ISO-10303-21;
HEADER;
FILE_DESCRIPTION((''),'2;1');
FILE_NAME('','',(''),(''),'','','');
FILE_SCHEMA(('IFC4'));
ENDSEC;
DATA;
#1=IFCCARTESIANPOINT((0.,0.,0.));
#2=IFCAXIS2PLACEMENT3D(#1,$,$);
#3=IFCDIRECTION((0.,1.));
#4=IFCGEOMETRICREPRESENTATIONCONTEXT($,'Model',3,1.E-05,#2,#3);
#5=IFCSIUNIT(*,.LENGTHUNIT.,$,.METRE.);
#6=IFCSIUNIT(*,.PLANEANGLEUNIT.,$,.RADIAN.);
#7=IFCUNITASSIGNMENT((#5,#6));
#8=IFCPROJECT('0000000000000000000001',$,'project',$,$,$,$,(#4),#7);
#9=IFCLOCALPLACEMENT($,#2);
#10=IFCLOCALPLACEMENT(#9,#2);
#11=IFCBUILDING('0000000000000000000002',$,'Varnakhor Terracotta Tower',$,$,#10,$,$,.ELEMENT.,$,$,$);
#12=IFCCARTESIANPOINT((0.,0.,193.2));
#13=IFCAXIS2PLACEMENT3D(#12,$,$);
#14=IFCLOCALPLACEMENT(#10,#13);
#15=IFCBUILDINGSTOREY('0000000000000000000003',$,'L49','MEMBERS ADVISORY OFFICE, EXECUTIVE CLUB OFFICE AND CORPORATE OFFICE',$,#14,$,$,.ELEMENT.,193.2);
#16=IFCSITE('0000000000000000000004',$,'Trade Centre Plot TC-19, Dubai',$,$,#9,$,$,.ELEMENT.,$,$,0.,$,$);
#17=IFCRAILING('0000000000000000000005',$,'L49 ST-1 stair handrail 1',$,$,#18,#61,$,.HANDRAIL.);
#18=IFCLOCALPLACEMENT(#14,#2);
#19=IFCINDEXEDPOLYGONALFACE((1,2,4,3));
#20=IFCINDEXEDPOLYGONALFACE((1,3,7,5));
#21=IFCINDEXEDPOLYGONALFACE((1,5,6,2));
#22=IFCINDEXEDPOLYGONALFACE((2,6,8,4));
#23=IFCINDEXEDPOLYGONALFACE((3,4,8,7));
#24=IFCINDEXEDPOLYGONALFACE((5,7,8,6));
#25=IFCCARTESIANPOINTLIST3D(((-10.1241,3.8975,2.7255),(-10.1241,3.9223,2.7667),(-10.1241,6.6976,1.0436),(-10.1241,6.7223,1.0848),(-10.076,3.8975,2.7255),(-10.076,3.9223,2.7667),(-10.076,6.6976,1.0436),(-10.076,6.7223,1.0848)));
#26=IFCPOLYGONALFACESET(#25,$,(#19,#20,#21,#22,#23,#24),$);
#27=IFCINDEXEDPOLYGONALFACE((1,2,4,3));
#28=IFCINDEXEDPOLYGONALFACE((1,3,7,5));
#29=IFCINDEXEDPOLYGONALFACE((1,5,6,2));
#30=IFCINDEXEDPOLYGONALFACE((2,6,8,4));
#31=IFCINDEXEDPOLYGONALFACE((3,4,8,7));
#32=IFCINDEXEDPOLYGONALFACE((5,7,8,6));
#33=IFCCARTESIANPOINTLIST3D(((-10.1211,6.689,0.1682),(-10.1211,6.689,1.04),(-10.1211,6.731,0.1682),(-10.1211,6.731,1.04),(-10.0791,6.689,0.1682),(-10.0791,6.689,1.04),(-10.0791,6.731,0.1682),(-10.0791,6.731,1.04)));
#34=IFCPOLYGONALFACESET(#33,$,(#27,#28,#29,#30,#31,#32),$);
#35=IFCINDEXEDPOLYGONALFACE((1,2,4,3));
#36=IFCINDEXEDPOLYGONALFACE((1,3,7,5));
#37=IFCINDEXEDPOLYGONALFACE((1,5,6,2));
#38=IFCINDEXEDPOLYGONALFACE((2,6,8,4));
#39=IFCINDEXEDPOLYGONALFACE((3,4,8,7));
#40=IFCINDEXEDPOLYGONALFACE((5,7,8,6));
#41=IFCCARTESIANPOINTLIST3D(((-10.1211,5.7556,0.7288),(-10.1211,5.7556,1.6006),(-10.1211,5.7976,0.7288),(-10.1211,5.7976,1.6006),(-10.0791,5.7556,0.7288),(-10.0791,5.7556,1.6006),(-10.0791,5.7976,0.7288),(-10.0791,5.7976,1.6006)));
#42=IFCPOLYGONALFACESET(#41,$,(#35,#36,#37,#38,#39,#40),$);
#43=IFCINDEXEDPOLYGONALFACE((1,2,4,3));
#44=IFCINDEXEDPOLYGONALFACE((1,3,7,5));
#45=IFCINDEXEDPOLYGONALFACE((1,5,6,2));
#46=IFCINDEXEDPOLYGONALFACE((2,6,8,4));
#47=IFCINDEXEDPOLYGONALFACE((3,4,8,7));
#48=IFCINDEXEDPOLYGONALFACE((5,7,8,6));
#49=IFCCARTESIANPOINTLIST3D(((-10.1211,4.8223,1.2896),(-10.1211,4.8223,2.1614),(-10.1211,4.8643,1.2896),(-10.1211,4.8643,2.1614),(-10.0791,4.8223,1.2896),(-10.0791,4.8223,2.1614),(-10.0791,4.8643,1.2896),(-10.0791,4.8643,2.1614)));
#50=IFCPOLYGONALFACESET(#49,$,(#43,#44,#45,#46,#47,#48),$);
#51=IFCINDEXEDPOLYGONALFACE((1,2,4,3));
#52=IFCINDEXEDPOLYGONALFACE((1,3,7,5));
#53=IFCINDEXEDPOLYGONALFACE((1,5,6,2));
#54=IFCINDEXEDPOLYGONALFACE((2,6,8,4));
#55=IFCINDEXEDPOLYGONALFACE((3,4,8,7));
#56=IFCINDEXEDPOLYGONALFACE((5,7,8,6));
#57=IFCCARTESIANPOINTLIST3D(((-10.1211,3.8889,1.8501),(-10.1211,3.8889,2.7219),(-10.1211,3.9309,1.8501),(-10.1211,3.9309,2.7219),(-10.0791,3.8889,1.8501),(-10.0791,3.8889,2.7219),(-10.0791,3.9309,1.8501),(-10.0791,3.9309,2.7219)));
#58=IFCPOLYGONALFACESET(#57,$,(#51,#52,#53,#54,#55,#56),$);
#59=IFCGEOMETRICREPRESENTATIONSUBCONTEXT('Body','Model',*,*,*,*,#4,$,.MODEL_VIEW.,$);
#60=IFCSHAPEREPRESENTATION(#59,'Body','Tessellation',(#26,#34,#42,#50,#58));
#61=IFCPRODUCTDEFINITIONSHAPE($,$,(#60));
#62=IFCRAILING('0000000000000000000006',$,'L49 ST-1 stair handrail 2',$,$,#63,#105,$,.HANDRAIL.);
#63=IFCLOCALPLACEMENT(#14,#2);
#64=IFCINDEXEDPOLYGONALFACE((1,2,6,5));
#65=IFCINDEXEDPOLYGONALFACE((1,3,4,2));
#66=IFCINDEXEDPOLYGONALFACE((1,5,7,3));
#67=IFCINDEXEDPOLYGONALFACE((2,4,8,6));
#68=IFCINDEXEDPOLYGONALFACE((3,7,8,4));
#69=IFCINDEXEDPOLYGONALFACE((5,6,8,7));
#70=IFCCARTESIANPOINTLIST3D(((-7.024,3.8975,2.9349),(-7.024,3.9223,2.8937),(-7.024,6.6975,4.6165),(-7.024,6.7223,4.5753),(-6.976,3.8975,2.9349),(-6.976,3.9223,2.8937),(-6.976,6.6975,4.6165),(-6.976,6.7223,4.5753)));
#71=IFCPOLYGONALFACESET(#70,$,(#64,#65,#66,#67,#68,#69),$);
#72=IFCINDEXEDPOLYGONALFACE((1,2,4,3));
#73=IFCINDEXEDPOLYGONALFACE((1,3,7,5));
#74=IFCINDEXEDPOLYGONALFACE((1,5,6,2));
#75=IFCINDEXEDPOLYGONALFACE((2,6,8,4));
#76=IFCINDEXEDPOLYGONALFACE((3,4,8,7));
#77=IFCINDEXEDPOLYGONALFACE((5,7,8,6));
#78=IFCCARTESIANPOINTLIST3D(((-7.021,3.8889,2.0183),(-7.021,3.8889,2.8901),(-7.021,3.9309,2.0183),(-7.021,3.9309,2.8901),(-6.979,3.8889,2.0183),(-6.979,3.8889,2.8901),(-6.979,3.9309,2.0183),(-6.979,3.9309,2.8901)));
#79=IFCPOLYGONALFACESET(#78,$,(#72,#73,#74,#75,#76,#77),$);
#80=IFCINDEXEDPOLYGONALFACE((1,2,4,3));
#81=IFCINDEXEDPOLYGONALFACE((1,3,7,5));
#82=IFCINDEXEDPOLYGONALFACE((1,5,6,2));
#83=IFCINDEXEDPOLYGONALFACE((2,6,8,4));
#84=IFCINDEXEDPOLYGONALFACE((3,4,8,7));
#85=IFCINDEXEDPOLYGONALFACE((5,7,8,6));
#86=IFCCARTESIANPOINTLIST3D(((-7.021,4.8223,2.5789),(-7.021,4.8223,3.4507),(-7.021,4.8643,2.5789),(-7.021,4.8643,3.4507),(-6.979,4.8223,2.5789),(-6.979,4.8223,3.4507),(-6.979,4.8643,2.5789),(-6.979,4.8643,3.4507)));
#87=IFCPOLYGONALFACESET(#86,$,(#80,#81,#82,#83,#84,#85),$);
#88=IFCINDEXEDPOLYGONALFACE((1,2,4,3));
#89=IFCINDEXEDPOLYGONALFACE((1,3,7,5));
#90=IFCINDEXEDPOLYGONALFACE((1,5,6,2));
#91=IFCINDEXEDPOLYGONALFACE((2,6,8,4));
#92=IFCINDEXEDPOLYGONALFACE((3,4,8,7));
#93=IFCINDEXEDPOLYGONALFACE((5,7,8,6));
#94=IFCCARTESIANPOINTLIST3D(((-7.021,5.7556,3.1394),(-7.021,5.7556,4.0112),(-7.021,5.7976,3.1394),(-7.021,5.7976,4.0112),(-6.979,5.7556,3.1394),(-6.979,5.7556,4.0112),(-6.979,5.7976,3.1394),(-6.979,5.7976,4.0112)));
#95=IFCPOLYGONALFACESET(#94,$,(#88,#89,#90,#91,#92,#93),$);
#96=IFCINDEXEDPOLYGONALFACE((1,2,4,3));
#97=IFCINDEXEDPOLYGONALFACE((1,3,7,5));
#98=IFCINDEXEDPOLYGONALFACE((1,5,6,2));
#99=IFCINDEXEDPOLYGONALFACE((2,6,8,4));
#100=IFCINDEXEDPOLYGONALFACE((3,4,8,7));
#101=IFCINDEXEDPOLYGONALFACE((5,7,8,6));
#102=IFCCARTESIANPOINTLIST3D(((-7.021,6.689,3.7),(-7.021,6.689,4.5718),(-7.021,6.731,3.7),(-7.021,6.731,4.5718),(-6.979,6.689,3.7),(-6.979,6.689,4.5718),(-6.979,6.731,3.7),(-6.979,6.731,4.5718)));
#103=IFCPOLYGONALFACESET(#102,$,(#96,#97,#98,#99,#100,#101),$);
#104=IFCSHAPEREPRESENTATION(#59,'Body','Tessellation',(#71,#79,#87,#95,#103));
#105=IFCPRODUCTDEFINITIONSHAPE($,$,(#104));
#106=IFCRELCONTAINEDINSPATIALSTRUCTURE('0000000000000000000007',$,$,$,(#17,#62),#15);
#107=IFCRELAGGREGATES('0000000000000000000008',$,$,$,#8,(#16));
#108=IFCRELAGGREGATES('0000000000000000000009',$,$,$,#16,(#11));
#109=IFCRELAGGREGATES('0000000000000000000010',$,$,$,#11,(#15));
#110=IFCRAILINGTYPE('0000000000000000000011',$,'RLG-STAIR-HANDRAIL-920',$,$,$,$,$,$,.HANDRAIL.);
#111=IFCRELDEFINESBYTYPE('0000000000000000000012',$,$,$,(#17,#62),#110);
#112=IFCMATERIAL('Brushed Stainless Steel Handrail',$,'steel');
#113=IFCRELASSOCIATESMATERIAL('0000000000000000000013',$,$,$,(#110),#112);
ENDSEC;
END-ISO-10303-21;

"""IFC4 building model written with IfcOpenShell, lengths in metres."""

from ifc_helpers import new_model, si_unit, direction, frame, origin, origin_2d, place, context, subcontext, project, spatial, rectangle, extrude, material, type_object, element, save


model = new_model("IFC4")

# Units and contexts
model_context = context("Model", 3, precision=1e-05, world=origin(), true_north=direction((0.0, 1.0)))
body_context = subcontext(model_context, "Body", "Model", "MODEL_VIEW")
ifc_project = project(units=[si_unit("LENGTHUNIT", "METRE"), si_unit("PLANEANGLEUNIT", "RADIAN")], contexts=[model_context])

# Site, building, storey
site_placement = place(None, origin())
site = spatial("IfcSite", under=ifc_project, at=site_placement, Name="Trade Centre Plot TC-19, Dubai", CompositionType="ELEMENT", RefElevation=0.0)
building_placement = place(site_placement, origin())
building = spatial("IfcBuilding", under=site, at=building_placement, Name="Varnakhor Terracotta Tower", CompositionType="ELEMENT")
storey_placement = place(building_placement, frame((0.0, 0.0, 193.2)))
storey = spatial("IfcBuildingStorey", under=building, at=storey_placement, Name="L49", Description="MEMBERS ADVISORY OFFICE, EXECUTIVE CLUB OFFICE AND CORPORATE OFFICE", CompositionType="ELEMENT", Elevation=193.2)

# Railings
ifc_material_1 = material(Name="Brushed Stainless Steel Handrail", Category="steel")
railing_type_1 = type_object("IfcRailingType", Name="RLG-STAIR-HANDRAIL-920", PredefinedType="HANDRAIL", material=ifc_material_1)
railing_1_placement = place(storey_placement, frame((-10.1001, 6.71, 0.1682)))
element("IfcRailing", 1, at=railing_1_placement, inside=storey, type_object=railing_type_1, Name="L49 ST-1 stair handrail 1", PredefinedType="HANDRAIL", context=body_context, shape_type="SweptSolid", body=[
    extrude(rectangle(XDim=0.0481, YDim=0.0481, at=origin_2d()), frame((0.0, 0.0, 0.896), z_axis=(0.0, -0.857242, 0.514913), x_axis=(1.0, 0.0, 0.0)), (0.0, 0.0, 1.0), 3.2664),
    extrude(rectangle(XDim=0.042, YDim=0.042, at=origin_2d()), origin(), (0.0, 0.0, 1.0), 0.8718),
    extrude(rectangle(XDim=0.042, YDim=0.042, at=origin_2d()), frame((0.0, -0.9333, 0.5605)), (0.0, 0.0, 1.0), 0.8718),
    extrude(rectangle(XDim=0.042, YDim=0.042, at=origin_2d()), frame((0.0, -1.8667, 1.1213)), (0.0, 0.0, 1.0), 0.8718),
    extrude(rectangle(XDim=0.042, YDim=0.042, at=origin_2d()), frame((0.0, -2.8, 1.6819)), (0.0, 0.0, 1.0), 0.8718),
])
railing_2_placement = place(storey_placement, frame((-7.0, 3.9099, 2.0183)))
element("IfcRailing", 2, at=railing_2_placement, inside=storey, type_object=railing_type_1, Name="L49 ST-1 stair handrail 2", PredefinedType="HANDRAIL", context=body_context, shape_type="SweptSolid", body=[
    extrude(rectangle(XDim=0.0481, YDim=0.0481, at=origin_2d()), frame((0.0, 0.0, 0.896), z_axis=(0.0, 0.857275, 0.514858), x_axis=(-1.0, 0.0, 0.0)), (0.0, 0.0, 1.0), 3.2661),
    extrude(rectangle(XDim=0.042, YDim=0.042, at=origin_2d()), origin(), (0.0, 0.0, 1.0), 0.8718),
    extrude(rectangle(XDim=0.042, YDim=0.042, at=origin_2d()), frame((0.0, 0.9333, 0.5605)), (0.0, 0.0, 1.0), 0.8718),
    extrude(rectangle(XDim=0.042, YDim=0.042, at=origin_2d()), frame((0.0, 1.8667, 1.1211)), (0.0, 0.0, 1.0), 0.8718),
    extrude(rectangle(XDim=0.042, YDim=0.042, at=origin_2d()), frame((0.0, 2.8, 1.6816)), (0.0, 0.0, 1.0), 0.8718),
])

save(model, "model.ifc")
